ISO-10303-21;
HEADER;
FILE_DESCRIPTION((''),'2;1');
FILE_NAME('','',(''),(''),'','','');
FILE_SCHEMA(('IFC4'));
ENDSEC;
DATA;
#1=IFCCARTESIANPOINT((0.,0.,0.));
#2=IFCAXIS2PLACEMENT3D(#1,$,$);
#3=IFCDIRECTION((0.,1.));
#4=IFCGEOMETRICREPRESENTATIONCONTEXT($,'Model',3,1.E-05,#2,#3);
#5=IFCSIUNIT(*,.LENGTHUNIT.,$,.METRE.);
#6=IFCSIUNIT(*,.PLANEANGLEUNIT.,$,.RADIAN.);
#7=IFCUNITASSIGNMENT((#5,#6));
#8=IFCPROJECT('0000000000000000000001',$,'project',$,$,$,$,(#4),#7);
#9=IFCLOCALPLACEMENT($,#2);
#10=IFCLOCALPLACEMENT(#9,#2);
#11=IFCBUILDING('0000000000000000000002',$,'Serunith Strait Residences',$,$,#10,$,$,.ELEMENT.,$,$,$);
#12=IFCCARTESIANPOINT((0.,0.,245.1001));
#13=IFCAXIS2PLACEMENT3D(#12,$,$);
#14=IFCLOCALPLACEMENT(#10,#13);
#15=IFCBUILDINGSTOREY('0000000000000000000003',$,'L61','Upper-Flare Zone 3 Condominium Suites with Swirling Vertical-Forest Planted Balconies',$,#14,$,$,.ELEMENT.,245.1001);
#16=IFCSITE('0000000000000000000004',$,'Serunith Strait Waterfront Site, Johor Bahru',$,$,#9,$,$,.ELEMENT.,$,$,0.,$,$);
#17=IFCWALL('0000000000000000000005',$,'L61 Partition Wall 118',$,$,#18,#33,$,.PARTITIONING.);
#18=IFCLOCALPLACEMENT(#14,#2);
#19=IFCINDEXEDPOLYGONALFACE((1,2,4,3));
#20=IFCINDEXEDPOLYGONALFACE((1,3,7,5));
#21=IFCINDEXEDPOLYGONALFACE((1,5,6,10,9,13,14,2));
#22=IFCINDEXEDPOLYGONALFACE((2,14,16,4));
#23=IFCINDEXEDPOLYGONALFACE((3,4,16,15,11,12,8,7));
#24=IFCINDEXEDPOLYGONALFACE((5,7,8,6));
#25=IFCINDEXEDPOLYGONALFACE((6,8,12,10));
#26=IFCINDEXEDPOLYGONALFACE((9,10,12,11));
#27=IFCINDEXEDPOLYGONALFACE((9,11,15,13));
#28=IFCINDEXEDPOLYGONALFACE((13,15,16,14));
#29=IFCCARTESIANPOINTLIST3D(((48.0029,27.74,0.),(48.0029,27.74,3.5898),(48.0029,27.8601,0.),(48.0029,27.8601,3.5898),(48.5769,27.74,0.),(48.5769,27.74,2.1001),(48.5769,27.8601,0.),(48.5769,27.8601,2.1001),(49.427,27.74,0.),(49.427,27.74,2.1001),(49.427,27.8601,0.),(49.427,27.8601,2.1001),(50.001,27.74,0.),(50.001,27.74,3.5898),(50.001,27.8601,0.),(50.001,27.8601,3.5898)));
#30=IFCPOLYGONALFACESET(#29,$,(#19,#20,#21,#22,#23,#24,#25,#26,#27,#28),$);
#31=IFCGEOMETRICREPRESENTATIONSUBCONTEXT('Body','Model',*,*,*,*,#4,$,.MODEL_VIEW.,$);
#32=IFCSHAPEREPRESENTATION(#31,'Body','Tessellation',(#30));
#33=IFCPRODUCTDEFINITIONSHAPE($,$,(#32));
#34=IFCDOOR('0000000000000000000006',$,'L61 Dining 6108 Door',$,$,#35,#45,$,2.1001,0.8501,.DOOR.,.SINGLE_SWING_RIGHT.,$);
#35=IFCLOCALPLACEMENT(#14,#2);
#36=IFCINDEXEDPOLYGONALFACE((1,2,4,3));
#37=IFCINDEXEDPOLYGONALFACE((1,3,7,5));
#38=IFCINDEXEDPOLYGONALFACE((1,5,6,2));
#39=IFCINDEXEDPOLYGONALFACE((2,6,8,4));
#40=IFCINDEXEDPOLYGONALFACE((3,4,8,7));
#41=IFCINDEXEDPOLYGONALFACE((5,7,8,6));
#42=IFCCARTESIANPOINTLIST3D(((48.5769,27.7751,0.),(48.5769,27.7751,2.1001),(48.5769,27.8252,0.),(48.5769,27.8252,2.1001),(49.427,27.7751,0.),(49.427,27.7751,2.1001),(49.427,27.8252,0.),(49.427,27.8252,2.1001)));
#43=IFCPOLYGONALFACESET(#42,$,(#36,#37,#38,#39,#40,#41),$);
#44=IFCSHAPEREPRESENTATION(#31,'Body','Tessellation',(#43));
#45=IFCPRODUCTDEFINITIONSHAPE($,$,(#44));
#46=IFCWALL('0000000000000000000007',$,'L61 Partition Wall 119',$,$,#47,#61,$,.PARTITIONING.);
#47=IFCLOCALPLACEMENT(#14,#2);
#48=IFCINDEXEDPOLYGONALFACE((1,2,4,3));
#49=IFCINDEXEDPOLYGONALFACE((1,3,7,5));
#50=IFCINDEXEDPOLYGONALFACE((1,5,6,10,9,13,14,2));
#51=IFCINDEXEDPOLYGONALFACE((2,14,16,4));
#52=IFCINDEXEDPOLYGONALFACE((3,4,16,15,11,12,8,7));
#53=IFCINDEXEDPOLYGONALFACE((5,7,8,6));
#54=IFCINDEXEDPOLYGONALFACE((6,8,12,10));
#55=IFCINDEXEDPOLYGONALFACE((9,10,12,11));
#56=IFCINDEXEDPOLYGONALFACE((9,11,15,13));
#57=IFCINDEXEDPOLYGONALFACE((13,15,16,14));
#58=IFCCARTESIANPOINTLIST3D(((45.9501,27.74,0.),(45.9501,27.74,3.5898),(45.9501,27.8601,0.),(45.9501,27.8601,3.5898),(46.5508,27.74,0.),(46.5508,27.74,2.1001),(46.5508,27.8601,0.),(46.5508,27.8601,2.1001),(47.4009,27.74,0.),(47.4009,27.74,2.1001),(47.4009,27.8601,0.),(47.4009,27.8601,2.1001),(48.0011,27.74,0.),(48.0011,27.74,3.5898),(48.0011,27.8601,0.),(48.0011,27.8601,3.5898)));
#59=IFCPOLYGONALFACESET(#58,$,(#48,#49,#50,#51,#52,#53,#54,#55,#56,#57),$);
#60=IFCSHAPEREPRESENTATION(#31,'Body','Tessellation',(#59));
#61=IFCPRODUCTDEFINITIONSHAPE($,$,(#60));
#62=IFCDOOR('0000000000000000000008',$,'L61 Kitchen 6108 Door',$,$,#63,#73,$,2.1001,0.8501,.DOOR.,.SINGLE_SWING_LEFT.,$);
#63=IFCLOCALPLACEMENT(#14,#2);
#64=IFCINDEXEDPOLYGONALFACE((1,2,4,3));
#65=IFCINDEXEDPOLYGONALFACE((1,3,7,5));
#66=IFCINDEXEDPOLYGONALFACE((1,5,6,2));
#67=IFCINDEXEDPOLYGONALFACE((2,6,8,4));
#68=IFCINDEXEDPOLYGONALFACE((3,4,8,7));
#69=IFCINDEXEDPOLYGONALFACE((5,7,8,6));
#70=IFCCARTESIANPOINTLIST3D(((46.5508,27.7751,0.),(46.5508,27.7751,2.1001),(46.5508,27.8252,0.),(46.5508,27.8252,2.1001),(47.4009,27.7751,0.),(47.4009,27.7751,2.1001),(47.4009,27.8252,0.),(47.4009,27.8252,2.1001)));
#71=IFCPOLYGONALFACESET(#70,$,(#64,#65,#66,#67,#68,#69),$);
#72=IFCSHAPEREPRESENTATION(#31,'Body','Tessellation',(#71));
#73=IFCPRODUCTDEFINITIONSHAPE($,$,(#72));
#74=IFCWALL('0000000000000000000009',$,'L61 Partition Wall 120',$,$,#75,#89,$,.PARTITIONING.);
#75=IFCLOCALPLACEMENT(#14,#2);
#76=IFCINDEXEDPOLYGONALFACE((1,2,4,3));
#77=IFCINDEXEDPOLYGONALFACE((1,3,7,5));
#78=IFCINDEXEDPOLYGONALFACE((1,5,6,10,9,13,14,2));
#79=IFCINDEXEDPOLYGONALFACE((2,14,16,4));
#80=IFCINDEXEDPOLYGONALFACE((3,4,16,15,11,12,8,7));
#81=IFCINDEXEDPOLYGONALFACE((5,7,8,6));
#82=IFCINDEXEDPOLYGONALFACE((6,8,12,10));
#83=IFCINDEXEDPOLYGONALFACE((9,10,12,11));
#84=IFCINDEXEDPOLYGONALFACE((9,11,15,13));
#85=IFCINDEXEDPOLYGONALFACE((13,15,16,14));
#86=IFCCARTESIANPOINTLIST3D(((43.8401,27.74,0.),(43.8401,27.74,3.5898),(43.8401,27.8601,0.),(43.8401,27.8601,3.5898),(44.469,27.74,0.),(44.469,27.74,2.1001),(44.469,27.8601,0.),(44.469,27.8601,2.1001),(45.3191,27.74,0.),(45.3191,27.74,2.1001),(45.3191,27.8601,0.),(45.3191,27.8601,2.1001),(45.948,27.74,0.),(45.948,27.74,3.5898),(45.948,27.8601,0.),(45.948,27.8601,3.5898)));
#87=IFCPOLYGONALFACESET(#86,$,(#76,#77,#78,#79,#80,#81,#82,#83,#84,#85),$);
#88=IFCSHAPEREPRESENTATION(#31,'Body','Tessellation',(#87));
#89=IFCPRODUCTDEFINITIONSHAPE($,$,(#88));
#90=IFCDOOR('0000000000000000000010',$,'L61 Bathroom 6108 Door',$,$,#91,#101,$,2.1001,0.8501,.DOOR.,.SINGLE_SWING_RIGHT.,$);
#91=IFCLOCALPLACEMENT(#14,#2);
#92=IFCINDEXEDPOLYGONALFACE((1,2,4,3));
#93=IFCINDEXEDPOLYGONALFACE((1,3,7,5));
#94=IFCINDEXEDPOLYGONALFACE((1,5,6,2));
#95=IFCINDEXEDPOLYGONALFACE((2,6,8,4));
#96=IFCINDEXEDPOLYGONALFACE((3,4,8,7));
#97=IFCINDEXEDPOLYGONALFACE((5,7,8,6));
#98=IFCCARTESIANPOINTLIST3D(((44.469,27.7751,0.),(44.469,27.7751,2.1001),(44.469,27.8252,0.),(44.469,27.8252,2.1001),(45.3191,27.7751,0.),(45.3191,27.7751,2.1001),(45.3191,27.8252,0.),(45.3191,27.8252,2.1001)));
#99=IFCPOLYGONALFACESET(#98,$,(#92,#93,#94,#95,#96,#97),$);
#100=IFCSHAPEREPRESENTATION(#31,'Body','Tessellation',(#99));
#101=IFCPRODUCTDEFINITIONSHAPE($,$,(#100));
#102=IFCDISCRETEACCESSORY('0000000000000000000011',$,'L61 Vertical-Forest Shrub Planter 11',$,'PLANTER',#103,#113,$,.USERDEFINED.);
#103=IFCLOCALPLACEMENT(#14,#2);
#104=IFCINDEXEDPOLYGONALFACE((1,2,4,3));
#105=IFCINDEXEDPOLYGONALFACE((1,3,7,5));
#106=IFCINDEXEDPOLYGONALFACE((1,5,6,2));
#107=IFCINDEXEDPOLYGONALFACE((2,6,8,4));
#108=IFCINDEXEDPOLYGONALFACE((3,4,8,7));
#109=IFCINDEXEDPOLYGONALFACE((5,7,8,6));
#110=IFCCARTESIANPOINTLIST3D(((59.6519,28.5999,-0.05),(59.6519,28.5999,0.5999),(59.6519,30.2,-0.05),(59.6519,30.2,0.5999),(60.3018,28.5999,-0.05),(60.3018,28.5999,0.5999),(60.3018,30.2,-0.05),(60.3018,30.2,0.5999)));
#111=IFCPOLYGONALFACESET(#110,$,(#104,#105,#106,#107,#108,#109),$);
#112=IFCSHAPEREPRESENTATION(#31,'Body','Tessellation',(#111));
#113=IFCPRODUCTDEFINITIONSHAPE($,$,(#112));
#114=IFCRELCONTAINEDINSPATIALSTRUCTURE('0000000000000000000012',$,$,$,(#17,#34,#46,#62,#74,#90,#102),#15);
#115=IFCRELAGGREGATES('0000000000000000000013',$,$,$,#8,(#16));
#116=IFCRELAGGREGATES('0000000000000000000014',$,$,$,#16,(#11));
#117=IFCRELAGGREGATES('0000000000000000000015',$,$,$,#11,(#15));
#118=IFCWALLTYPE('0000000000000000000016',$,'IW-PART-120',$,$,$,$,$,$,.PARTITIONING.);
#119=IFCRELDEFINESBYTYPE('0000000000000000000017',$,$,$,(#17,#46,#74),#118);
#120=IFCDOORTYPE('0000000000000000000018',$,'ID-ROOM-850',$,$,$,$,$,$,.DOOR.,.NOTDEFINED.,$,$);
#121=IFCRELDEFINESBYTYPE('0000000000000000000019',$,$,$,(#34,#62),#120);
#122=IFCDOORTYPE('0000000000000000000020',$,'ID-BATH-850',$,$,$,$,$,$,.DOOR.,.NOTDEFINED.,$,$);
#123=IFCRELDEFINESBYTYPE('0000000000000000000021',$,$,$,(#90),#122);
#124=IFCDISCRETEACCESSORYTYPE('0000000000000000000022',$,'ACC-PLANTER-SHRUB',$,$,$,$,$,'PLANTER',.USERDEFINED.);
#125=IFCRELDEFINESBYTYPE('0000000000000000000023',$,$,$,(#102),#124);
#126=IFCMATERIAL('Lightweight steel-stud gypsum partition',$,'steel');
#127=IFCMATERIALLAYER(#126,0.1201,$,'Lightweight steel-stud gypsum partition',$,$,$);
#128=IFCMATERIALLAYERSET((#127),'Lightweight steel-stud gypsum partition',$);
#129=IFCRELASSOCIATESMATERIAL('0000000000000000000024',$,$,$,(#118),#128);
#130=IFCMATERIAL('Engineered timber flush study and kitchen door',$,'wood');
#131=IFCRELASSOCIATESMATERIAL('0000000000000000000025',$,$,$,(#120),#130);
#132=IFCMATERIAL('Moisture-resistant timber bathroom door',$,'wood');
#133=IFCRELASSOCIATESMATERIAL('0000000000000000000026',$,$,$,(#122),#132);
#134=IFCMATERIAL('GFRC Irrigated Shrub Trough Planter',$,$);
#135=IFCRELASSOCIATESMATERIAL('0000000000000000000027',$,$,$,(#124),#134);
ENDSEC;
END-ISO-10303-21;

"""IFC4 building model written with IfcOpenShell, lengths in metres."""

from ifc_helpers import new_model, si_unit, direction, frame, frame_2d, origin, origin_2d, place, context, subcontext, project, spatial, rectangle, extrude, source, transform, mapped, material, layer, layer_set, type_object, element, fill, save


model = new_model("IFC4")

# Units and contexts
model_context = context("Model", 3, precision=1e-05, world=origin(), true_north=direction((0.0, 1.0)))
body_context = subcontext(model_context, "Body", "Model", "MODEL_VIEW")
ifc_project = project(units=[si_unit("LENGTHUNIT", "METRE"), si_unit("PLANEANGLEUNIT", "RADIAN")], contexts=[model_context])

# Site, building, storey
site_placement = place(None, origin())
site = spatial("IfcSite", under=ifc_project, at=site_placement, Name="Serunith Strait Waterfront Site, Johor Bahru", CompositionType="ELEMENT", RefElevation=0.0)
building_placement = place(site_placement, origin())
building = spatial("IfcBuilding", under=site, at=building_placement, Name="Serunith Strait Residences", CompositionType="ELEMENT")
storey_placement = place(building_placement, frame((0.0, 0.0, 245.1001)))
storey = spatial("IfcBuildingStorey", under=building, at=storey_placement, Name="L61", Description="Upper-Flare Zone 3 Condominium Suites with Swirling Vertical-Forest Planted Balconies", CompositionType="ELEMENT", Elevation=245.1001)

# Shared definitions
ifc_material_1 = material(Name="Lightweight steel-stud gypsum partition", Category="steel")
ifc_layer_1 = layer(ifc_material_1, 0.1201, Name="Lightweight steel-stud gypsum partition")
ifc_layer_set_1 = layer_set([ifc_layer_1], Name="Lightweight steel-stud gypsum partition")
wall_type_1 = type_object("IfcWallType", Name="IW-PART-120", PredefinedType="PARTITIONING", material=ifc_layer_set_1)
ifc_material_2 = material(Name="Engineered timber flush study and kitchen door", Category="wood")
door_type_1 = type_object("IfcDoorType", Name="ID-ROOM-850", OperationType="NOTDEFINED", PredefinedType="DOOR", material=ifc_material_2)
shared_shape_1 = source(origin(), body_context, "Body", "SweptSolid", [
    extrude(rectangle(XDim=0.8501, YDim=2.1001, at=frame_2d((0.425, 1.05))), frame((0.0, 0.0249, 0.0), z_axis=(0.0, -1.0, 0.0), x_axis=(1.0, 0.0, 0.0)), (0.0, 0.0, 1.0), 0.05),
])

# Walls, openings, doors
wall_1_placement = place(storey_placement, frame((50.001, 27.8, 0.0), z_axis=(0.0, 0.0, 1.0), x_axis=(-1.0, 0.0, 0.0)))
wall_1 = element("IfcWall", 1, at=wall_1_placement, inside=storey, type_object=wall_type_1, Name="L61 Partition Wall 118", PredefinedType="PARTITIONING", context=body_context, shape_type="SweptSolid", body=[
    extrude(rectangle(XDim=1.998, YDim=0.1201, at=frame_2d((0.999, 0.0))), origin(), (0.0, 0.0, 1.0), 3.5898),
])
opening_1_placement = place(wall_1_placement, frame((0.574, 0.0, 0.0)))
opening_1 = element("IfcOpeningElement", 2, at=opening_1_placement, cuts=wall_1, PredefinedType="OPENING", context=body_context, shape_type="SweptSolid", body=[
    extrude(rectangle(XDim=0.8501, YDim=2.1001, at=frame_2d((0.425, 1.05))), frame((0.0, 0.0701, 0.0), z_axis=(0.0, -1.0, 0.0), x_axis=(1.0, 0.0, 0.0)), (0.0, 0.0, 1.0), 0.1401),
])
door_1_placement = place(opening_1_placement, origin())
door_1 = element("IfcDoor", 3, at=door_1_placement, inside=storey, type_object=door_type_1, Name="L61 Dining 6108 Door", OperationType="SINGLE_SWING_RIGHT", OverallHeight=2.1001, OverallWidth=0.8501, PredefinedType="DOOR", context=body_context, shape_type="MappedRepresentation", body=[
    mapped(shared_shape_1, transform((0.0, 0.0, 0.0), scale=1.0)),
])
fill(opening_1, door_1)
wall_2_placement = place(storey_placement, frame((48.001, 27.8, 0.0), z_axis=(0.0, 0.0, 1.0), x_axis=(-1.0, 0.0, 0.0)))
wall_2 = element("IfcWall", 4, at=wall_2_placement, inside=storey, type_object=wall_type_1, Name="L61 Partition Wall 119", PredefinedType="PARTITIONING", context=body_context, shape_type="SweptSolid", body=[
    extrude(rectangle(XDim=2.051, YDim=0.1201, at=frame_2d((1.0254, 0.0))), origin(), (0.0, 0.0, 1.0), 3.5898),
])
opening_2_placement = place(wall_2_placement, frame((0.6001, 0.0, 0.0)))
opening_2 = element("IfcOpeningElement", 5, at=opening_2_placement, cuts=wall_2, PredefinedType="OPENING", context=body_context, shape_type="SweptSolid", body=[
    extrude(rectangle(XDim=0.8501, YDim=2.1001, at=frame_2d((0.425, 1.05))), frame((0.0, 0.0701, 0.0), z_axis=(0.0, -1.0, 0.0), x_axis=(1.0, 0.0, 0.0)), (0.0, 0.0, 1.0), 0.1401),
])
door_2_placement = place(opening_2_placement, origin())
door_2 = element("IfcDoor", 6, at=door_2_placement, inside=storey, type_object=door_type_1, Name="L61 Kitchen 6108 Door", OperationType="SINGLE_SWING_LEFT", OverallHeight=2.1001, OverallWidth=0.8501, PredefinedType="DOOR", context=body_context, shape_type="MappedRepresentation", body=[
    mapped(shared_shape_1, transform((0.0, 0.0, 0.0), scale=1.0)),
])
fill(opening_2, door_2)
wall_3_placement = place(storey_placement, frame((45.948, 27.8, 0.0), z_axis=(0.0, 0.0, 1.0), x_axis=(-1.0, 0.0, 0.0)))
wall_3 = element("IfcWall", 7, at=wall_3_placement, inside=storey, type_object=wall_type_1, Name="L61 Partition Wall 120", PredefinedType="PARTITIONING", context=body_context, shape_type="SweptSolid", body=[
    extrude(rectangle(XDim=2.1079, YDim=0.1201, at=frame_2d((1.054, 0.0))), origin(), (0.0, 0.0, 1.0), 3.5898),
])
opening_3_placement = place(wall_3_placement, frame((0.6289, 0.0, 0.0)))
opening_3 = element("IfcOpeningElement", 8, at=opening_3_placement, cuts=wall_3, PredefinedType="OPENING", context=body_context, shape_type="SweptSolid", body=[
    extrude(rectangle(XDim=0.8501, YDim=2.1001, at=frame_2d((0.425, 1.05))), frame((0.0, 0.0701, 0.0), z_axis=(0.0, -1.0, 0.0), x_axis=(1.0, 0.0, 0.0)), (0.0, 0.0, 1.0), 0.1401),
])
ifc_material_3 = material(Name="Moisture-resistant timber bathroom door", Category="wood")
door_type_2 = type_object("IfcDoorType", Name="ID-BATH-850", OperationType="NOTDEFINED", PredefinedType="DOOR", material=ifc_material_3)
door_3_placement = place(opening_3_placement, origin())
door_3 = element("IfcDoor", 9, at=door_3_placement, inside=storey, type_object=door_type_2, Name="L61 Bathroom 6108 Door", OperationType="SINGLE_SWING_RIGHT", OverallHeight=2.1001, OverallWidth=0.8501, PredefinedType="DOOR", context=body_context, shape_type="MappedRepresentation", body=[
    mapped(shared_shape_1, transform((0.0, 0.0, 0.0), scale=1.0)),
])
fill(opening_3, door_3)

# Discrete accessory
ifc_material_4 = material(Name="GFRC Irrigated Shrub Trough Planter")
discrete_accessory_type = type_object("IfcDiscreteAccessoryType", Name="ACC-PLANTER-SHRUB", ElementType="PLANTER", PredefinedType="USERDEFINED", material=ifc_material_4)
shared_shape_2 = source(origin(), body_context, "Body", "SweptSolid", [
    extrude(rectangle(XDim=1.6001, YDim=0.6499, at=origin_2d()), origin(), (0.0, 0.0, 1.0), 0.6499),
])
discrete_accessory_placement = place(storey_placement, frame((59.9768, 29.3999, -0.05), z_axis=(0.0, 0.0, 1.0), x_axis=(0.0, 1.0, 0.0)))
element("IfcDiscreteAccessory", 10, at=discrete_accessory_placement, inside=storey, type_object=discrete_accessory_type, Name="L61 Vertical-Forest Shrub Planter 11", ObjectType="PLANTER", PredefinedType="USERDEFINED", context=body_context, shape_type="MappedRepresentation", body=[
    mapped(shared_shape_2, transform((0.0, 0.0, 0.0), scale=1.0)),
])

save(model, "model.ifc")
